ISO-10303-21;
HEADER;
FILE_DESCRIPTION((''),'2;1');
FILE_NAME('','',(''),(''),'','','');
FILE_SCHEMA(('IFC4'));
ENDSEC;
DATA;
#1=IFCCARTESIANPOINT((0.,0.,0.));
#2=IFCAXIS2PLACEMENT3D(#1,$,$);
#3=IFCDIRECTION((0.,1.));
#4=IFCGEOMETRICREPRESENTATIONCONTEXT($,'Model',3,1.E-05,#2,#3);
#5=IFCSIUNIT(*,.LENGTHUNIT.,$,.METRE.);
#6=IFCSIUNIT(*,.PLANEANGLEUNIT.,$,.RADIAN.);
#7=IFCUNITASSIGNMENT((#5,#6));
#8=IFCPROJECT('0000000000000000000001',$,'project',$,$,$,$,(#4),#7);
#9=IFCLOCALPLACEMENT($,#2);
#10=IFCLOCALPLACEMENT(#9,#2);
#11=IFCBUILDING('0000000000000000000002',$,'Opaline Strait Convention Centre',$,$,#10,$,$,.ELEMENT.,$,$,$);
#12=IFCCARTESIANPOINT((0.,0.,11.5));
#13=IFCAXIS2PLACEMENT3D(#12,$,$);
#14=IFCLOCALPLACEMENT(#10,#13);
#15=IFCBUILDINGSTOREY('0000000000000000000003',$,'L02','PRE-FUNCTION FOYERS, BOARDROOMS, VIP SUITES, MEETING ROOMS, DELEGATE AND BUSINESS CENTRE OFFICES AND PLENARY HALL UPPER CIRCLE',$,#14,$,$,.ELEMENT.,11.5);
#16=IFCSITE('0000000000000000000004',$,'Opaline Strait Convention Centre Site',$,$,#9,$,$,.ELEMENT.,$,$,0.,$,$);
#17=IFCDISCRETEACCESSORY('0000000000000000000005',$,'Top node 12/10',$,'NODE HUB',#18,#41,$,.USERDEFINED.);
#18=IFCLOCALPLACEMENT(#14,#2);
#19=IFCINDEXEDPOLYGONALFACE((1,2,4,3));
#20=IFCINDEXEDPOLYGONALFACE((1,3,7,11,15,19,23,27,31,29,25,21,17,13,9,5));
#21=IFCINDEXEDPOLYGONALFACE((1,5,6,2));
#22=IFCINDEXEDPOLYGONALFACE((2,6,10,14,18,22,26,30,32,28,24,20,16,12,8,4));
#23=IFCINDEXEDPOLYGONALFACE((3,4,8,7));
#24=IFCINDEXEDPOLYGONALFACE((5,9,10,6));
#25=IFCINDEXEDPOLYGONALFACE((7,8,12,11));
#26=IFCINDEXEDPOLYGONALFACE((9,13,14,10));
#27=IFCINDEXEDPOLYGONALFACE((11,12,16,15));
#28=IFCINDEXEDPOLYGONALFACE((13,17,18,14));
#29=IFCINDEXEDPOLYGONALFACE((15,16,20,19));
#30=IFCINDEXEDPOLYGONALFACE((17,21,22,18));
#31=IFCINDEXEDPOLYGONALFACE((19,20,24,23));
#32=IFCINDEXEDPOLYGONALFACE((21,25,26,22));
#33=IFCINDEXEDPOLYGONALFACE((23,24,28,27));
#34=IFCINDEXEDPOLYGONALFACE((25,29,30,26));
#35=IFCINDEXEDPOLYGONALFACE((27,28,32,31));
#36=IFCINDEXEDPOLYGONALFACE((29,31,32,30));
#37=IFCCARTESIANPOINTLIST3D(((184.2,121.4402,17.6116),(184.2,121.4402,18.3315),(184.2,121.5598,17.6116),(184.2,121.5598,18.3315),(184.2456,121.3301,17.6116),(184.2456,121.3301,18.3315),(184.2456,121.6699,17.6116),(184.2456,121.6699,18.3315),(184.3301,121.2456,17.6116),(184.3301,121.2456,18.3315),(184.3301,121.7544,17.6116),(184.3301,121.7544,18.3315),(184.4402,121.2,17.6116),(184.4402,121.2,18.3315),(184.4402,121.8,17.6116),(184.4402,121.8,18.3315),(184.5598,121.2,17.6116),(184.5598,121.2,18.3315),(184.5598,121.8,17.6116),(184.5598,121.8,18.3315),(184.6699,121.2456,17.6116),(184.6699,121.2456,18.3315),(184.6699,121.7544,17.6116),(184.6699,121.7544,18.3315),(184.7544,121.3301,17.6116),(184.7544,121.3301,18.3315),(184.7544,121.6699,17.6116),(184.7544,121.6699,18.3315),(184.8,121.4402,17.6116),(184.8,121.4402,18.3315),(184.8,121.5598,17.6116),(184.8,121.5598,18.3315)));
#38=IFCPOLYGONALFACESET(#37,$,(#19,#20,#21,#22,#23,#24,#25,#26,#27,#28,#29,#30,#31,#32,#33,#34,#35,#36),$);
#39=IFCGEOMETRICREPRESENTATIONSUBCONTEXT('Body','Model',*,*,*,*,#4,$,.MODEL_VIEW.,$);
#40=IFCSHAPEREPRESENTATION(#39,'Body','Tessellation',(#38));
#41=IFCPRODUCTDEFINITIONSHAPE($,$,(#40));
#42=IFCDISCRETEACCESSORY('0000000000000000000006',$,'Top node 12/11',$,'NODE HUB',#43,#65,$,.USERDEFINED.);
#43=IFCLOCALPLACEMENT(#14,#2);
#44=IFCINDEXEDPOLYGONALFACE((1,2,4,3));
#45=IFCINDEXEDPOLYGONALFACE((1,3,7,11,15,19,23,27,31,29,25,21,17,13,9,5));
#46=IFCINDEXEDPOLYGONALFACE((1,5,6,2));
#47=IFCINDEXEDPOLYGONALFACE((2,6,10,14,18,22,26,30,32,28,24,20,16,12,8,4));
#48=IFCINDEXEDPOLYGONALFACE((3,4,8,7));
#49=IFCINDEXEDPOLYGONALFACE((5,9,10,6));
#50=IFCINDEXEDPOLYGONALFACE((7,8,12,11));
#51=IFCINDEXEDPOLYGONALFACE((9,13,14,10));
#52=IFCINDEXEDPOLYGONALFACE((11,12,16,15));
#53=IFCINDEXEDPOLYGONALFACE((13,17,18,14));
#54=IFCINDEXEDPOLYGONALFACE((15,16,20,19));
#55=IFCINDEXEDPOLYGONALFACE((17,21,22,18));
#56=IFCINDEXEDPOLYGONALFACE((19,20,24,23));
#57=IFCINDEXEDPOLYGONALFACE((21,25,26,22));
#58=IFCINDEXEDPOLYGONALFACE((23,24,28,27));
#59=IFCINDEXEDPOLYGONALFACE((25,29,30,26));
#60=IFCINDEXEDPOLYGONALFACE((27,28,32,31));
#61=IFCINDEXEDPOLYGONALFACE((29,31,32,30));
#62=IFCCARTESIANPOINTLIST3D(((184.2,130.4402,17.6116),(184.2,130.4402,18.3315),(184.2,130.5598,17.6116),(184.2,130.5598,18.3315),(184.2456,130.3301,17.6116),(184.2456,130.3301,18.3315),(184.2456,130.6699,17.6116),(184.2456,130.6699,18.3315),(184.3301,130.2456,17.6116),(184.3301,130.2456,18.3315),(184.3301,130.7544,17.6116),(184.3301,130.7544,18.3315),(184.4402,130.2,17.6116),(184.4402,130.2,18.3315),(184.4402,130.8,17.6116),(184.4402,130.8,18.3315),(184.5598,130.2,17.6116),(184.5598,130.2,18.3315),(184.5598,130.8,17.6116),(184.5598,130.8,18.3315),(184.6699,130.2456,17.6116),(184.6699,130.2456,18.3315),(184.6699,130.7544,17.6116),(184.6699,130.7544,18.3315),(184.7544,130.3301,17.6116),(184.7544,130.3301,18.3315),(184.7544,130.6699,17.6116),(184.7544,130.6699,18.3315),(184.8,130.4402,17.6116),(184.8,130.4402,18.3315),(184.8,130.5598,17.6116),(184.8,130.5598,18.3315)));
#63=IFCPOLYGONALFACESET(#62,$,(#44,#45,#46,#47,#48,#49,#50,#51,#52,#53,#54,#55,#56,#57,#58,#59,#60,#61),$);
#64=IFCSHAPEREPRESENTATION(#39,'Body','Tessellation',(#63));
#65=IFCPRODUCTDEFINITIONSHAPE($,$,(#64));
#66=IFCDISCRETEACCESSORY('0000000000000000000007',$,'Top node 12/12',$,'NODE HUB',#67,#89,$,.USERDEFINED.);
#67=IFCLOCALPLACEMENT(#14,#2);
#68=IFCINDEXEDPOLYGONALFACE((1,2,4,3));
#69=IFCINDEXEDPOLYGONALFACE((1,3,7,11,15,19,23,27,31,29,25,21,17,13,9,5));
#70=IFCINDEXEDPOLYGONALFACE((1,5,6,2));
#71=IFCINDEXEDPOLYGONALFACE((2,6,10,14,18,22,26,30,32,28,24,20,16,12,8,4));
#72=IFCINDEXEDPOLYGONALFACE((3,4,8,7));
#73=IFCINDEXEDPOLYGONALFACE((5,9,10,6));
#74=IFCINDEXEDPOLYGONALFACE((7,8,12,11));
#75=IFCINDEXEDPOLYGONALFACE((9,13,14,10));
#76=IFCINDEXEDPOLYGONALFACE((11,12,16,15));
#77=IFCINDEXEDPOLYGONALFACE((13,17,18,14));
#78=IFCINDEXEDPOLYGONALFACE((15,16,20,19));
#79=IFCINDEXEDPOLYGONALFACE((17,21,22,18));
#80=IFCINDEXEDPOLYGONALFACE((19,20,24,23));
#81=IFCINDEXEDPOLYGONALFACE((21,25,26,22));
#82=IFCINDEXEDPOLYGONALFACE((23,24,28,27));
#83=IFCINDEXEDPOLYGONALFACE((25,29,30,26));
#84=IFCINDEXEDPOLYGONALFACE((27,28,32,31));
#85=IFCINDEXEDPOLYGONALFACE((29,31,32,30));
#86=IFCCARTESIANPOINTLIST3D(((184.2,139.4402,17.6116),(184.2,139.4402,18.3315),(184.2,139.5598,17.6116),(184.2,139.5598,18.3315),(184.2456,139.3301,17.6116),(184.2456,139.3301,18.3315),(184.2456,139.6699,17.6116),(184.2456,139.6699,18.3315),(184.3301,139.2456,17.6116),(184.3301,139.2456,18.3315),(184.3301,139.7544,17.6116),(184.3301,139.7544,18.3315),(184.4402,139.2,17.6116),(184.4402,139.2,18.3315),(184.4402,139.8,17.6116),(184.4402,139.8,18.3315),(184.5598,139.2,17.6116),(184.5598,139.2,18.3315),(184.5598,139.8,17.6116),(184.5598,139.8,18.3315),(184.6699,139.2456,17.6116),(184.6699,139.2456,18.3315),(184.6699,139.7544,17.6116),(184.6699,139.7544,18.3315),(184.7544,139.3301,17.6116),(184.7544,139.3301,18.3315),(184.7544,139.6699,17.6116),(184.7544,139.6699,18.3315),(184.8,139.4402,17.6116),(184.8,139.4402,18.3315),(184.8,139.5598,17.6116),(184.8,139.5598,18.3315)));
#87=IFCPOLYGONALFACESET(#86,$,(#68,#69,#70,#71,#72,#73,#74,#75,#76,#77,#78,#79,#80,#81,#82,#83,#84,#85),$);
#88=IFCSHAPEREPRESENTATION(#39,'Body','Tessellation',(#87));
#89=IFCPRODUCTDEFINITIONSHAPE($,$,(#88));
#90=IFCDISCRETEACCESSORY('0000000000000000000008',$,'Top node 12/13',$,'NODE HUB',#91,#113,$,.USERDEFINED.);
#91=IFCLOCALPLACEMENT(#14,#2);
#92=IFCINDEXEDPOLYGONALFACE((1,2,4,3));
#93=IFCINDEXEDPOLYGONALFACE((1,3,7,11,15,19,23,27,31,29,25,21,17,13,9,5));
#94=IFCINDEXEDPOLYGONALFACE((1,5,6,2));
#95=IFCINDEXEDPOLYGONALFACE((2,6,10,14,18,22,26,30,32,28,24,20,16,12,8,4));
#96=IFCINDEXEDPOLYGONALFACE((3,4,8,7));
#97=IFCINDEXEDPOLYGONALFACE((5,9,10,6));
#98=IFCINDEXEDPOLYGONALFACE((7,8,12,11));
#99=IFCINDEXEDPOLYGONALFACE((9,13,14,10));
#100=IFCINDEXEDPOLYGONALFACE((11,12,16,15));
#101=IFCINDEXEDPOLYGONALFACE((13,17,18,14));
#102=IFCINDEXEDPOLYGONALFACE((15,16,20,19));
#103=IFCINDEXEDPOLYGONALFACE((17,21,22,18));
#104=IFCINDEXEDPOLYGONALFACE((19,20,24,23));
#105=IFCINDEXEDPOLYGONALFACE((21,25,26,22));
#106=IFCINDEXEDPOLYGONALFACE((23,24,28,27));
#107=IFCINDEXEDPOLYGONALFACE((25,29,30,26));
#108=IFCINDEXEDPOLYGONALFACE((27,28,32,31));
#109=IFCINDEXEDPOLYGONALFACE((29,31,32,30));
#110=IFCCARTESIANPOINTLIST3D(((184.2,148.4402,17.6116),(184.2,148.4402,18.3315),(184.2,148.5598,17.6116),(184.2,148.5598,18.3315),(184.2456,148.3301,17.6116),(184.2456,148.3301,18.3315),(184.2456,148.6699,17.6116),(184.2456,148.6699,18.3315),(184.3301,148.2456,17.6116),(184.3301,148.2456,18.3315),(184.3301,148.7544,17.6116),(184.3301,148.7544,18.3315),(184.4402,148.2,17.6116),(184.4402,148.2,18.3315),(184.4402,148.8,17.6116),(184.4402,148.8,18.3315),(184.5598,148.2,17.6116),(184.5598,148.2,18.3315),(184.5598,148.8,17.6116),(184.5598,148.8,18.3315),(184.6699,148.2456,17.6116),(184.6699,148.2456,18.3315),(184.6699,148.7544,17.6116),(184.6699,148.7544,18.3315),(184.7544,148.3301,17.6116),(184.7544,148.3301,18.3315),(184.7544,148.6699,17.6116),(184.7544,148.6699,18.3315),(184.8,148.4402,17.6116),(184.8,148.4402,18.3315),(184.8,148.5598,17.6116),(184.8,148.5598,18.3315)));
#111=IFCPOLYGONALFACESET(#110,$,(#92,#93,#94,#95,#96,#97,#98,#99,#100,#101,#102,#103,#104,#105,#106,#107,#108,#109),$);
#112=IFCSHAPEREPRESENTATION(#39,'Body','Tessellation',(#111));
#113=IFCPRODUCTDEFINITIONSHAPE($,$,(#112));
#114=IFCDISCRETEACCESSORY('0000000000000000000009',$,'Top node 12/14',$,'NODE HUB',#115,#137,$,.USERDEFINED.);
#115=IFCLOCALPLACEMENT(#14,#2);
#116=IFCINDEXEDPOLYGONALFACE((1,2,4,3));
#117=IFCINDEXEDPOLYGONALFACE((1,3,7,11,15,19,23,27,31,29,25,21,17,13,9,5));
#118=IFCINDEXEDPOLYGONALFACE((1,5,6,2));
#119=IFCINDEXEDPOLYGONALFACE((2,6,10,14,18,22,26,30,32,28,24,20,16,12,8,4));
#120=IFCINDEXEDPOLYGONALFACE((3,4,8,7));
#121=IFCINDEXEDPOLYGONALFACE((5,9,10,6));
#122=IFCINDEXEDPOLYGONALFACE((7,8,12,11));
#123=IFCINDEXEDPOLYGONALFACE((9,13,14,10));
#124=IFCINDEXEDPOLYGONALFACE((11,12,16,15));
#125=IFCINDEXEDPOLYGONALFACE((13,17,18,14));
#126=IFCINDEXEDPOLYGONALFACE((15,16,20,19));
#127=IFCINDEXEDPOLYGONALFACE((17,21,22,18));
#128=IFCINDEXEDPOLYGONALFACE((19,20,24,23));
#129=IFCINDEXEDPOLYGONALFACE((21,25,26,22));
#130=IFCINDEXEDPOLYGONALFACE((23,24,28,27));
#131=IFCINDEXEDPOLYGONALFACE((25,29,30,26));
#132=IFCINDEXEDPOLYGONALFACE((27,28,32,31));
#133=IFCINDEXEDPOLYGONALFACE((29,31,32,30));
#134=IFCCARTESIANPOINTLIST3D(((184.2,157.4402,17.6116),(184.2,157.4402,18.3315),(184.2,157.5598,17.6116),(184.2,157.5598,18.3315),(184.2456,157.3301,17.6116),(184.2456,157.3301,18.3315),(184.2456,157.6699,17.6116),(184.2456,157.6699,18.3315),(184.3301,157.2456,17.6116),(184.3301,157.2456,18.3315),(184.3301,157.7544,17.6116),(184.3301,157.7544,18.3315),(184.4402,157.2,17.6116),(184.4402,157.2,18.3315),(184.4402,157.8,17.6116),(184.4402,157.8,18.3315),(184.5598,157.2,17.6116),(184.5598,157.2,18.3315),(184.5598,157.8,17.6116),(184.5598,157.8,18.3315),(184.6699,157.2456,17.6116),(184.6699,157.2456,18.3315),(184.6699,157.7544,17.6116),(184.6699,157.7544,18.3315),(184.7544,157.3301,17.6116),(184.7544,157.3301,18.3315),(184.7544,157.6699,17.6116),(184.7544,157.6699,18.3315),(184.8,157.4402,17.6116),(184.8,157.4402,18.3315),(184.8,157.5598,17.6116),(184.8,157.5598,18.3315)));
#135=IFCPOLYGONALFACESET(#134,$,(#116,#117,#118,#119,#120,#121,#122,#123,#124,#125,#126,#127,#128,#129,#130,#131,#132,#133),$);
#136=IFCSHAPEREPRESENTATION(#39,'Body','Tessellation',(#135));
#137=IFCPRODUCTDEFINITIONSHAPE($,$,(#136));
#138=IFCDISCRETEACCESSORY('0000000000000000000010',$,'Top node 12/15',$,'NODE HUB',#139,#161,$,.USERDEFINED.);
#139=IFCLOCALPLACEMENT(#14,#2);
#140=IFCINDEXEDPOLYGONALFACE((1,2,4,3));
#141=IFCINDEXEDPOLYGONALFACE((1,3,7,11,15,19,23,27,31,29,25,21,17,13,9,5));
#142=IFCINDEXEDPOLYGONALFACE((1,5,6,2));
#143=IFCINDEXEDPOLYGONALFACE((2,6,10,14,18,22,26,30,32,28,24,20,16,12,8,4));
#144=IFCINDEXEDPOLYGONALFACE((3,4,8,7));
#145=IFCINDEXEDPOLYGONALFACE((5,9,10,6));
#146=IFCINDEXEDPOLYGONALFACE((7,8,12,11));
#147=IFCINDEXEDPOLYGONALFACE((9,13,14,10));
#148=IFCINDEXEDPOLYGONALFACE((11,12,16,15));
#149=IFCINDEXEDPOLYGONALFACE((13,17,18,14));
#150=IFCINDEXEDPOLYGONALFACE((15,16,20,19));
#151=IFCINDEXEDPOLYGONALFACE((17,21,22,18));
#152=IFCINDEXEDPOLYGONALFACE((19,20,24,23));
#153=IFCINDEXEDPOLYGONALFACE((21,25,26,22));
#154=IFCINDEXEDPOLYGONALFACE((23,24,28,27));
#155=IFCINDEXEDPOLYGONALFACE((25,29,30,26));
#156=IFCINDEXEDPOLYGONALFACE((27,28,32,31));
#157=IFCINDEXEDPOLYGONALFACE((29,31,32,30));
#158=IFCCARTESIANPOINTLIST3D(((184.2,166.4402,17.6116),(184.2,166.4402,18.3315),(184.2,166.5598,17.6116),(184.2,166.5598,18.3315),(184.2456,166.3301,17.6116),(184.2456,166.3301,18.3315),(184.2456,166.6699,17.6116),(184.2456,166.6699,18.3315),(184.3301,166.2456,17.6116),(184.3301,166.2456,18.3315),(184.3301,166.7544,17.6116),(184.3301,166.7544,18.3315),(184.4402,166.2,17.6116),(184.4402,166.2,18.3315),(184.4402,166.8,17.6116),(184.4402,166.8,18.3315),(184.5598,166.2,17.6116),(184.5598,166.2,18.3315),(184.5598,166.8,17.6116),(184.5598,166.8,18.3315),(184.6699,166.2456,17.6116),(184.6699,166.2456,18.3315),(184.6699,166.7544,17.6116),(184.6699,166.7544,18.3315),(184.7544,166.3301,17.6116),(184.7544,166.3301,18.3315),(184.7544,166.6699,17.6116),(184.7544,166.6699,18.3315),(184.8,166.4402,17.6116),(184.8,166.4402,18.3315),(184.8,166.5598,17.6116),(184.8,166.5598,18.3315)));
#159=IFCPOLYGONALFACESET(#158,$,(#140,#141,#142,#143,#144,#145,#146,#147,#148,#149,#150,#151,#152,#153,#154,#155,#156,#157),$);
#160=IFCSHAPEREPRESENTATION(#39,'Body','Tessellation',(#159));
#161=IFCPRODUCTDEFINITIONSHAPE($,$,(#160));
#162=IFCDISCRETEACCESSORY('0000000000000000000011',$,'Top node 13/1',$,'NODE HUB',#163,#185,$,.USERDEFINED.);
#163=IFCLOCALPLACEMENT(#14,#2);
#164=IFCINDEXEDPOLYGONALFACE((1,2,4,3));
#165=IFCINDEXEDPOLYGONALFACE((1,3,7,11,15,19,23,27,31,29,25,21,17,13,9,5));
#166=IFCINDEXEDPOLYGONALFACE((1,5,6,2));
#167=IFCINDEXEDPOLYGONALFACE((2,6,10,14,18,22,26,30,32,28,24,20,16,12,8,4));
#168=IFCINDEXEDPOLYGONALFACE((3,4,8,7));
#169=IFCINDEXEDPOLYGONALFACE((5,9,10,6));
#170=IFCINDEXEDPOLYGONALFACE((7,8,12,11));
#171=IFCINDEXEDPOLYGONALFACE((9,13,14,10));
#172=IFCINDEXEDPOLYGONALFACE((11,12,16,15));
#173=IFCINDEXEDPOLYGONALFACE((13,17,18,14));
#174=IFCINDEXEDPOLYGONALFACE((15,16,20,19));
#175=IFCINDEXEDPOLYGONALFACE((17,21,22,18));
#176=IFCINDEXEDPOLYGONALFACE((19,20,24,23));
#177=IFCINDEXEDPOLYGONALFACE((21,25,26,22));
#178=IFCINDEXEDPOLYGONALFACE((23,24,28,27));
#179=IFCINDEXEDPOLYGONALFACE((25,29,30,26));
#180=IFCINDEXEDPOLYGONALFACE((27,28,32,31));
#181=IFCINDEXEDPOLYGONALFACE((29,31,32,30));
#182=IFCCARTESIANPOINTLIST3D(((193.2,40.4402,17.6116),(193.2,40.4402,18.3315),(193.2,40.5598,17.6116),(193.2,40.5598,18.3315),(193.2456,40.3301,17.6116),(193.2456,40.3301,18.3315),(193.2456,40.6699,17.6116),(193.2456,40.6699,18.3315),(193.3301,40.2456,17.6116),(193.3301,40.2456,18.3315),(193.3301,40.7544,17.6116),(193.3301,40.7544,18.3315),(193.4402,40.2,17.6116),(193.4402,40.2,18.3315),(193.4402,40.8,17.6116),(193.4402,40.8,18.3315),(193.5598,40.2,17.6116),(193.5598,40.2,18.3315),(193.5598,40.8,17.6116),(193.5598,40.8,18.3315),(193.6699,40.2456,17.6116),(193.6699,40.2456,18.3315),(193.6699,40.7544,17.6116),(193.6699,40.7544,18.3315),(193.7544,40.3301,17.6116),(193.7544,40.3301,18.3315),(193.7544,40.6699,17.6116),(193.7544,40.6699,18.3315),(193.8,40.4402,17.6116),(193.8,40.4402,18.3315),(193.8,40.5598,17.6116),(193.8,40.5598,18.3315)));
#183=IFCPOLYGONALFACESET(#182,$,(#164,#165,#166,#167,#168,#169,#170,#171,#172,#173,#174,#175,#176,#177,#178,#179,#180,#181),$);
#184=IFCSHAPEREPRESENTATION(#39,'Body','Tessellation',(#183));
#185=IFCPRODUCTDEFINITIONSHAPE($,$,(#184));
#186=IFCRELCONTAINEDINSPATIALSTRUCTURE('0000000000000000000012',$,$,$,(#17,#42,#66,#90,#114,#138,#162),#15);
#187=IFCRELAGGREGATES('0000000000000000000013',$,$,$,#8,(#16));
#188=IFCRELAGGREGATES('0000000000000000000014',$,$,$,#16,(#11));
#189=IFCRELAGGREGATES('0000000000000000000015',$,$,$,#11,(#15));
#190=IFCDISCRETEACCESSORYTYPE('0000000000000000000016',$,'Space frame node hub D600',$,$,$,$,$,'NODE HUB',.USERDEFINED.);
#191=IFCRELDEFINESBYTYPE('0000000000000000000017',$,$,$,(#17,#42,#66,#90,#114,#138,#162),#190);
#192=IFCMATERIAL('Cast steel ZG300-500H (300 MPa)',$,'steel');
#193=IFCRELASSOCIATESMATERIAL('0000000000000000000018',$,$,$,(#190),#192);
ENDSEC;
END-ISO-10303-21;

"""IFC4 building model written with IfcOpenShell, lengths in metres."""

from ifc_helpers import new_model, si_unit, direction, frame, origin, place, context, subcontext, project, spatial, polyline, outline, extrude, material, type_object, element, save


model = new_model("IFC4")

# Units and contexts
model_context = context("Model", 3, precision=1e-05, world=origin(), true_north=direction((0.0, 1.0)))
body_context = subcontext(model_context, "Body", "Model", "MODEL_VIEW")
ifc_project = project(units=[si_unit("LENGTHUNIT", "METRE"), si_unit("PLANEANGLEUNIT", "RADIAN")], contexts=[model_context])

# Site, building, storey
site_placement = place(None, origin())
site = spatial("IfcSite", under=ifc_project, at=site_placement, Name="Opaline Strait Convention Centre Site", CompositionType="ELEMENT", RefElevation=0.0)
building_placement = place(site_placement, origin())
building = spatial("IfcBuilding", under=site, at=building_placement, Name="Opaline Strait Convention Centre", CompositionType="ELEMENT")
storey_placement = place(building_placement, frame((0.0, 0.0, 11.5)))
storey = spatial("IfcBuildingStorey", under=building, at=storey_placement, Name="L02", Description="PRE-FUNCTION FOYERS, BOARDROOMS, VIP SUITES, MEETING ROOMS, DELEGATE AND BUSINESS CENTRE OFFICES AND PLENARY HALL UPPER CIRCLE", CompositionType="ELEMENT", Elevation=11.5)

# Discrete accessories
ifc_material = material(Name="Cast steel ZG300-500H (300 MPa)", Category="steel")
discrete_accessory_type = type_object("IfcDiscreteAccessoryType", Name="Space frame node hub D600", ElementType="NODE HUB", PredefinedType="USERDEFINED", material=ifc_material)
discrete_accessory_1_placement = place(storey_placement, frame((0.0, 0.0, 17.6116)))
element("IfcDiscreteAccessory", 1, at=discrete_accessory_1_placement, inside=storey, type_object=discrete_accessory_type, Name="Top node 12/10", ObjectType="NODE HUB", PredefinedType="USERDEFINED", context=body_context, shape_type="SweptSolid", body=[
    extrude(outline(polyline([(184.8, 121.5598), (184.7544, 121.6699), (184.6699, 121.7544), (184.5598, 121.8), (184.4402, 121.8), (184.3301, 121.7544), (184.2456, 121.6699), (184.2, 121.5598), (184.2, 121.4402), (184.2456, 121.3301), (184.3301, 121.2456), (184.4402, 121.2), (184.5598, 121.2), (184.6699, 121.2456), (184.7544, 121.3301), (184.8, 121.4402), (184.8, 121.5598)])), origin(), (0.0, 0.0, 1.0), 0.72),
])
discrete_accessory_2_placement = place(storey_placement, frame((0.0, 0.0, 17.6116)))
element("IfcDiscreteAccessory", 2, at=discrete_accessory_2_placement, inside=storey, type_object=discrete_accessory_type, Name="Top node 12/11", ObjectType="NODE HUB", PredefinedType="USERDEFINED", context=body_context, shape_type="SweptSolid", body=[
    extrude(outline(polyline([(184.8, 130.5598), (184.7544, 130.6699), (184.6699, 130.7544), (184.5598, 130.8), (184.4402, 130.8), (184.3301, 130.7544), (184.2456, 130.6699), (184.2, 130.5598), (184.2, 130.4402), (184.2456, 130.3301), (184.3301, 130.2456), (184.4402, 130.2), (184.5598, 130.2), (184.6699, 130.2456), (184.7544, 130.3301), (184.8, 130.4402), (184.8, 130.5598)])), origin(), (0.0, 0.0, 1.0), 0.72),
])
discrete_accessory_3_placement = place(storey_placement, frame((0.0, 0.0, 17.6116)))
element("IfcDiscreteAccessory", 3, at=discrete_accessory_3_placement, inside=storey, type_object=discrete_accessory_type, Name="Top node 12/12", ObjectType="NODE HUB", PredefinedType="USERDEFINED", context=body_context, shape_type="SweptSolid", body=[
    extrude(outline(polyline([(184.8, 139.5598), (184.7544, 139.6699), (184.6699, 139.7544), (184.5598, 139.8), (184.4402, 139.8), (184.3301, 139.7544), (184.2456, 139.6699), (184.2, 139.5598), (184.2, 139.4402), (184.2456, 139.3301), (184.3301, 139.2456), (184.4402, 139.2), (184.5598, 139.2), (184.6699, 139.2456), (184.7544, 139.3301), (184.8, 139.4402), (184.8, 139.5598)])), origin(), (0.0, 0.0, 1.0), 0.72),
])
discrete_accessory_4_placement = place(storey_placement, frame((0.0, 0.0, 17.6116)))
element("IfcDiscreteAccessory", 4, at=discrete_accessory_4_placement, inside=storey, type_object=discrete_accessory_type, Name="Top node 12/13", ObjectType="NODE HUB", PredefinedType="USERDEFINED", context=body_context, shape_type="SweptSolid", body=[
    extrude(outline(polyline([(184.8, 148.5598), (184.7544, 148.6699), (184.6699, 148.7544), (184.5598, 148.8), (184.4402, 148.8), (184.3301, 148.7544), (184.2456, 148.6699), (184.2, 148.5598), (184.2, 148.4402), (184.2456, 148.3301), (184.3301, 148.2456), (184.4402, 148.2), (184.5598, 148.2), (184.6699, 148.2456), (184.7544, 148.3301), (184.8, 148.4402), (184.8, 148.5598)])), origin(), (0.0, 0.0, 1.0), 0.72),
])
discrete_accessory_5_placement = place(storey_placement, frame((0.0, 0.0, 17.6116)))
element("IfcDiscreteAccessory", 5, at=discrete_accessory_5_placement, inside=storey, type_object=discrete_accessory_type, Name="Top node 12/14", ObjectType="NODE HUB", PredefinedType="USERDEFINED", context=body_context, shape_type="SweptSolid", body=[
    extrude(outline(polyline([(184.8, 157.5598), (184.7544, 157.6699), (184.6699, 157.7544), (184.5598, 157.8), (184.4402, 157.8), (184.3301, 157.7544), (184.2456, 157.6699), (184.2, 157.5598), (184.2, 157.4402), (184.2456, 157.3301), (184.3301, 157.2456), (184.4402, 157.2), (184.5598, 157.2), (184.6699, 157.2456), (184.7544, 157.3301), (184.8, 157.4402), (184.8, 157.5598)])), origin(), (0.0, 0.0, 1.0), 0.72),
])
discrete_accessory_6_placement = place(storey_placement, frame((0.0, 0.0, 17.6116)))
element("IfcDiscreteAccessory", 6, at=discrete_accessory_6_placement, inside=storey, type_object=discrete_accessory_type, Name="Top node 12/15", ObjectType="NODE HUB", PredefinedType="USERDEFINED", context=body_context, shape_type="SweptSolid", body=[
    extrude(outline(polyline([(184.8, 166.5598), (184.7544, 166.6699), (184.6699, 166.7544), (184.5598, 166.8), (184.4402, 166.8), (184.3301, 166.7544), (184.2456, 166.6699), (184.2, 166.5598), (184.2, 166.4402), (184.2456, 166.3301), (184.3301, 166.2456), (184.4402, 166.2), (184.5598, 166.2), (184.6699, 166.2456), (184.7544, 166.3301), (184.8, 166.4402), (184.8, 166.5598)])), origin(), (0.0, 0.0, 1.0), 0.72),
])
discrete_accessory_7_placement = place(storey_placement, frame((0.0, 0.0, 17.6116)))
element("IfcDiscreteAccessory", 7, at=discrete_accessory_7_placement, inside=storey, type_object=discrete_accessory_type, Name="Top node 13/1", ObjectType="NODE HUB", PredefinedType="USERDEFINED", context=body_context, shape_type="SweptSolid", body=[
    extrude(outline(polyline([(193.8, 40.5598), (193.7544, 40.6699), (193.6699, 40.7544), (193.5598, 40.8), (193.4402, 40.8), (193.3301, 40.7544), (193.2456, 40.6699), (193.2, 40.5598), (193.2, 40.4402), (193.2456, 40.3301), (193.3301, 40.2456), (193.4402, 40.2), (193.5598, 40.2), (193.6699, 40.2456), (193.7544, 40.3301), (193.8, 40.4402), (193.8, 40.5598)])), origin(), (0.0, 0.0, 1.0), 0.72),
])

save(model, "model.ifc")
